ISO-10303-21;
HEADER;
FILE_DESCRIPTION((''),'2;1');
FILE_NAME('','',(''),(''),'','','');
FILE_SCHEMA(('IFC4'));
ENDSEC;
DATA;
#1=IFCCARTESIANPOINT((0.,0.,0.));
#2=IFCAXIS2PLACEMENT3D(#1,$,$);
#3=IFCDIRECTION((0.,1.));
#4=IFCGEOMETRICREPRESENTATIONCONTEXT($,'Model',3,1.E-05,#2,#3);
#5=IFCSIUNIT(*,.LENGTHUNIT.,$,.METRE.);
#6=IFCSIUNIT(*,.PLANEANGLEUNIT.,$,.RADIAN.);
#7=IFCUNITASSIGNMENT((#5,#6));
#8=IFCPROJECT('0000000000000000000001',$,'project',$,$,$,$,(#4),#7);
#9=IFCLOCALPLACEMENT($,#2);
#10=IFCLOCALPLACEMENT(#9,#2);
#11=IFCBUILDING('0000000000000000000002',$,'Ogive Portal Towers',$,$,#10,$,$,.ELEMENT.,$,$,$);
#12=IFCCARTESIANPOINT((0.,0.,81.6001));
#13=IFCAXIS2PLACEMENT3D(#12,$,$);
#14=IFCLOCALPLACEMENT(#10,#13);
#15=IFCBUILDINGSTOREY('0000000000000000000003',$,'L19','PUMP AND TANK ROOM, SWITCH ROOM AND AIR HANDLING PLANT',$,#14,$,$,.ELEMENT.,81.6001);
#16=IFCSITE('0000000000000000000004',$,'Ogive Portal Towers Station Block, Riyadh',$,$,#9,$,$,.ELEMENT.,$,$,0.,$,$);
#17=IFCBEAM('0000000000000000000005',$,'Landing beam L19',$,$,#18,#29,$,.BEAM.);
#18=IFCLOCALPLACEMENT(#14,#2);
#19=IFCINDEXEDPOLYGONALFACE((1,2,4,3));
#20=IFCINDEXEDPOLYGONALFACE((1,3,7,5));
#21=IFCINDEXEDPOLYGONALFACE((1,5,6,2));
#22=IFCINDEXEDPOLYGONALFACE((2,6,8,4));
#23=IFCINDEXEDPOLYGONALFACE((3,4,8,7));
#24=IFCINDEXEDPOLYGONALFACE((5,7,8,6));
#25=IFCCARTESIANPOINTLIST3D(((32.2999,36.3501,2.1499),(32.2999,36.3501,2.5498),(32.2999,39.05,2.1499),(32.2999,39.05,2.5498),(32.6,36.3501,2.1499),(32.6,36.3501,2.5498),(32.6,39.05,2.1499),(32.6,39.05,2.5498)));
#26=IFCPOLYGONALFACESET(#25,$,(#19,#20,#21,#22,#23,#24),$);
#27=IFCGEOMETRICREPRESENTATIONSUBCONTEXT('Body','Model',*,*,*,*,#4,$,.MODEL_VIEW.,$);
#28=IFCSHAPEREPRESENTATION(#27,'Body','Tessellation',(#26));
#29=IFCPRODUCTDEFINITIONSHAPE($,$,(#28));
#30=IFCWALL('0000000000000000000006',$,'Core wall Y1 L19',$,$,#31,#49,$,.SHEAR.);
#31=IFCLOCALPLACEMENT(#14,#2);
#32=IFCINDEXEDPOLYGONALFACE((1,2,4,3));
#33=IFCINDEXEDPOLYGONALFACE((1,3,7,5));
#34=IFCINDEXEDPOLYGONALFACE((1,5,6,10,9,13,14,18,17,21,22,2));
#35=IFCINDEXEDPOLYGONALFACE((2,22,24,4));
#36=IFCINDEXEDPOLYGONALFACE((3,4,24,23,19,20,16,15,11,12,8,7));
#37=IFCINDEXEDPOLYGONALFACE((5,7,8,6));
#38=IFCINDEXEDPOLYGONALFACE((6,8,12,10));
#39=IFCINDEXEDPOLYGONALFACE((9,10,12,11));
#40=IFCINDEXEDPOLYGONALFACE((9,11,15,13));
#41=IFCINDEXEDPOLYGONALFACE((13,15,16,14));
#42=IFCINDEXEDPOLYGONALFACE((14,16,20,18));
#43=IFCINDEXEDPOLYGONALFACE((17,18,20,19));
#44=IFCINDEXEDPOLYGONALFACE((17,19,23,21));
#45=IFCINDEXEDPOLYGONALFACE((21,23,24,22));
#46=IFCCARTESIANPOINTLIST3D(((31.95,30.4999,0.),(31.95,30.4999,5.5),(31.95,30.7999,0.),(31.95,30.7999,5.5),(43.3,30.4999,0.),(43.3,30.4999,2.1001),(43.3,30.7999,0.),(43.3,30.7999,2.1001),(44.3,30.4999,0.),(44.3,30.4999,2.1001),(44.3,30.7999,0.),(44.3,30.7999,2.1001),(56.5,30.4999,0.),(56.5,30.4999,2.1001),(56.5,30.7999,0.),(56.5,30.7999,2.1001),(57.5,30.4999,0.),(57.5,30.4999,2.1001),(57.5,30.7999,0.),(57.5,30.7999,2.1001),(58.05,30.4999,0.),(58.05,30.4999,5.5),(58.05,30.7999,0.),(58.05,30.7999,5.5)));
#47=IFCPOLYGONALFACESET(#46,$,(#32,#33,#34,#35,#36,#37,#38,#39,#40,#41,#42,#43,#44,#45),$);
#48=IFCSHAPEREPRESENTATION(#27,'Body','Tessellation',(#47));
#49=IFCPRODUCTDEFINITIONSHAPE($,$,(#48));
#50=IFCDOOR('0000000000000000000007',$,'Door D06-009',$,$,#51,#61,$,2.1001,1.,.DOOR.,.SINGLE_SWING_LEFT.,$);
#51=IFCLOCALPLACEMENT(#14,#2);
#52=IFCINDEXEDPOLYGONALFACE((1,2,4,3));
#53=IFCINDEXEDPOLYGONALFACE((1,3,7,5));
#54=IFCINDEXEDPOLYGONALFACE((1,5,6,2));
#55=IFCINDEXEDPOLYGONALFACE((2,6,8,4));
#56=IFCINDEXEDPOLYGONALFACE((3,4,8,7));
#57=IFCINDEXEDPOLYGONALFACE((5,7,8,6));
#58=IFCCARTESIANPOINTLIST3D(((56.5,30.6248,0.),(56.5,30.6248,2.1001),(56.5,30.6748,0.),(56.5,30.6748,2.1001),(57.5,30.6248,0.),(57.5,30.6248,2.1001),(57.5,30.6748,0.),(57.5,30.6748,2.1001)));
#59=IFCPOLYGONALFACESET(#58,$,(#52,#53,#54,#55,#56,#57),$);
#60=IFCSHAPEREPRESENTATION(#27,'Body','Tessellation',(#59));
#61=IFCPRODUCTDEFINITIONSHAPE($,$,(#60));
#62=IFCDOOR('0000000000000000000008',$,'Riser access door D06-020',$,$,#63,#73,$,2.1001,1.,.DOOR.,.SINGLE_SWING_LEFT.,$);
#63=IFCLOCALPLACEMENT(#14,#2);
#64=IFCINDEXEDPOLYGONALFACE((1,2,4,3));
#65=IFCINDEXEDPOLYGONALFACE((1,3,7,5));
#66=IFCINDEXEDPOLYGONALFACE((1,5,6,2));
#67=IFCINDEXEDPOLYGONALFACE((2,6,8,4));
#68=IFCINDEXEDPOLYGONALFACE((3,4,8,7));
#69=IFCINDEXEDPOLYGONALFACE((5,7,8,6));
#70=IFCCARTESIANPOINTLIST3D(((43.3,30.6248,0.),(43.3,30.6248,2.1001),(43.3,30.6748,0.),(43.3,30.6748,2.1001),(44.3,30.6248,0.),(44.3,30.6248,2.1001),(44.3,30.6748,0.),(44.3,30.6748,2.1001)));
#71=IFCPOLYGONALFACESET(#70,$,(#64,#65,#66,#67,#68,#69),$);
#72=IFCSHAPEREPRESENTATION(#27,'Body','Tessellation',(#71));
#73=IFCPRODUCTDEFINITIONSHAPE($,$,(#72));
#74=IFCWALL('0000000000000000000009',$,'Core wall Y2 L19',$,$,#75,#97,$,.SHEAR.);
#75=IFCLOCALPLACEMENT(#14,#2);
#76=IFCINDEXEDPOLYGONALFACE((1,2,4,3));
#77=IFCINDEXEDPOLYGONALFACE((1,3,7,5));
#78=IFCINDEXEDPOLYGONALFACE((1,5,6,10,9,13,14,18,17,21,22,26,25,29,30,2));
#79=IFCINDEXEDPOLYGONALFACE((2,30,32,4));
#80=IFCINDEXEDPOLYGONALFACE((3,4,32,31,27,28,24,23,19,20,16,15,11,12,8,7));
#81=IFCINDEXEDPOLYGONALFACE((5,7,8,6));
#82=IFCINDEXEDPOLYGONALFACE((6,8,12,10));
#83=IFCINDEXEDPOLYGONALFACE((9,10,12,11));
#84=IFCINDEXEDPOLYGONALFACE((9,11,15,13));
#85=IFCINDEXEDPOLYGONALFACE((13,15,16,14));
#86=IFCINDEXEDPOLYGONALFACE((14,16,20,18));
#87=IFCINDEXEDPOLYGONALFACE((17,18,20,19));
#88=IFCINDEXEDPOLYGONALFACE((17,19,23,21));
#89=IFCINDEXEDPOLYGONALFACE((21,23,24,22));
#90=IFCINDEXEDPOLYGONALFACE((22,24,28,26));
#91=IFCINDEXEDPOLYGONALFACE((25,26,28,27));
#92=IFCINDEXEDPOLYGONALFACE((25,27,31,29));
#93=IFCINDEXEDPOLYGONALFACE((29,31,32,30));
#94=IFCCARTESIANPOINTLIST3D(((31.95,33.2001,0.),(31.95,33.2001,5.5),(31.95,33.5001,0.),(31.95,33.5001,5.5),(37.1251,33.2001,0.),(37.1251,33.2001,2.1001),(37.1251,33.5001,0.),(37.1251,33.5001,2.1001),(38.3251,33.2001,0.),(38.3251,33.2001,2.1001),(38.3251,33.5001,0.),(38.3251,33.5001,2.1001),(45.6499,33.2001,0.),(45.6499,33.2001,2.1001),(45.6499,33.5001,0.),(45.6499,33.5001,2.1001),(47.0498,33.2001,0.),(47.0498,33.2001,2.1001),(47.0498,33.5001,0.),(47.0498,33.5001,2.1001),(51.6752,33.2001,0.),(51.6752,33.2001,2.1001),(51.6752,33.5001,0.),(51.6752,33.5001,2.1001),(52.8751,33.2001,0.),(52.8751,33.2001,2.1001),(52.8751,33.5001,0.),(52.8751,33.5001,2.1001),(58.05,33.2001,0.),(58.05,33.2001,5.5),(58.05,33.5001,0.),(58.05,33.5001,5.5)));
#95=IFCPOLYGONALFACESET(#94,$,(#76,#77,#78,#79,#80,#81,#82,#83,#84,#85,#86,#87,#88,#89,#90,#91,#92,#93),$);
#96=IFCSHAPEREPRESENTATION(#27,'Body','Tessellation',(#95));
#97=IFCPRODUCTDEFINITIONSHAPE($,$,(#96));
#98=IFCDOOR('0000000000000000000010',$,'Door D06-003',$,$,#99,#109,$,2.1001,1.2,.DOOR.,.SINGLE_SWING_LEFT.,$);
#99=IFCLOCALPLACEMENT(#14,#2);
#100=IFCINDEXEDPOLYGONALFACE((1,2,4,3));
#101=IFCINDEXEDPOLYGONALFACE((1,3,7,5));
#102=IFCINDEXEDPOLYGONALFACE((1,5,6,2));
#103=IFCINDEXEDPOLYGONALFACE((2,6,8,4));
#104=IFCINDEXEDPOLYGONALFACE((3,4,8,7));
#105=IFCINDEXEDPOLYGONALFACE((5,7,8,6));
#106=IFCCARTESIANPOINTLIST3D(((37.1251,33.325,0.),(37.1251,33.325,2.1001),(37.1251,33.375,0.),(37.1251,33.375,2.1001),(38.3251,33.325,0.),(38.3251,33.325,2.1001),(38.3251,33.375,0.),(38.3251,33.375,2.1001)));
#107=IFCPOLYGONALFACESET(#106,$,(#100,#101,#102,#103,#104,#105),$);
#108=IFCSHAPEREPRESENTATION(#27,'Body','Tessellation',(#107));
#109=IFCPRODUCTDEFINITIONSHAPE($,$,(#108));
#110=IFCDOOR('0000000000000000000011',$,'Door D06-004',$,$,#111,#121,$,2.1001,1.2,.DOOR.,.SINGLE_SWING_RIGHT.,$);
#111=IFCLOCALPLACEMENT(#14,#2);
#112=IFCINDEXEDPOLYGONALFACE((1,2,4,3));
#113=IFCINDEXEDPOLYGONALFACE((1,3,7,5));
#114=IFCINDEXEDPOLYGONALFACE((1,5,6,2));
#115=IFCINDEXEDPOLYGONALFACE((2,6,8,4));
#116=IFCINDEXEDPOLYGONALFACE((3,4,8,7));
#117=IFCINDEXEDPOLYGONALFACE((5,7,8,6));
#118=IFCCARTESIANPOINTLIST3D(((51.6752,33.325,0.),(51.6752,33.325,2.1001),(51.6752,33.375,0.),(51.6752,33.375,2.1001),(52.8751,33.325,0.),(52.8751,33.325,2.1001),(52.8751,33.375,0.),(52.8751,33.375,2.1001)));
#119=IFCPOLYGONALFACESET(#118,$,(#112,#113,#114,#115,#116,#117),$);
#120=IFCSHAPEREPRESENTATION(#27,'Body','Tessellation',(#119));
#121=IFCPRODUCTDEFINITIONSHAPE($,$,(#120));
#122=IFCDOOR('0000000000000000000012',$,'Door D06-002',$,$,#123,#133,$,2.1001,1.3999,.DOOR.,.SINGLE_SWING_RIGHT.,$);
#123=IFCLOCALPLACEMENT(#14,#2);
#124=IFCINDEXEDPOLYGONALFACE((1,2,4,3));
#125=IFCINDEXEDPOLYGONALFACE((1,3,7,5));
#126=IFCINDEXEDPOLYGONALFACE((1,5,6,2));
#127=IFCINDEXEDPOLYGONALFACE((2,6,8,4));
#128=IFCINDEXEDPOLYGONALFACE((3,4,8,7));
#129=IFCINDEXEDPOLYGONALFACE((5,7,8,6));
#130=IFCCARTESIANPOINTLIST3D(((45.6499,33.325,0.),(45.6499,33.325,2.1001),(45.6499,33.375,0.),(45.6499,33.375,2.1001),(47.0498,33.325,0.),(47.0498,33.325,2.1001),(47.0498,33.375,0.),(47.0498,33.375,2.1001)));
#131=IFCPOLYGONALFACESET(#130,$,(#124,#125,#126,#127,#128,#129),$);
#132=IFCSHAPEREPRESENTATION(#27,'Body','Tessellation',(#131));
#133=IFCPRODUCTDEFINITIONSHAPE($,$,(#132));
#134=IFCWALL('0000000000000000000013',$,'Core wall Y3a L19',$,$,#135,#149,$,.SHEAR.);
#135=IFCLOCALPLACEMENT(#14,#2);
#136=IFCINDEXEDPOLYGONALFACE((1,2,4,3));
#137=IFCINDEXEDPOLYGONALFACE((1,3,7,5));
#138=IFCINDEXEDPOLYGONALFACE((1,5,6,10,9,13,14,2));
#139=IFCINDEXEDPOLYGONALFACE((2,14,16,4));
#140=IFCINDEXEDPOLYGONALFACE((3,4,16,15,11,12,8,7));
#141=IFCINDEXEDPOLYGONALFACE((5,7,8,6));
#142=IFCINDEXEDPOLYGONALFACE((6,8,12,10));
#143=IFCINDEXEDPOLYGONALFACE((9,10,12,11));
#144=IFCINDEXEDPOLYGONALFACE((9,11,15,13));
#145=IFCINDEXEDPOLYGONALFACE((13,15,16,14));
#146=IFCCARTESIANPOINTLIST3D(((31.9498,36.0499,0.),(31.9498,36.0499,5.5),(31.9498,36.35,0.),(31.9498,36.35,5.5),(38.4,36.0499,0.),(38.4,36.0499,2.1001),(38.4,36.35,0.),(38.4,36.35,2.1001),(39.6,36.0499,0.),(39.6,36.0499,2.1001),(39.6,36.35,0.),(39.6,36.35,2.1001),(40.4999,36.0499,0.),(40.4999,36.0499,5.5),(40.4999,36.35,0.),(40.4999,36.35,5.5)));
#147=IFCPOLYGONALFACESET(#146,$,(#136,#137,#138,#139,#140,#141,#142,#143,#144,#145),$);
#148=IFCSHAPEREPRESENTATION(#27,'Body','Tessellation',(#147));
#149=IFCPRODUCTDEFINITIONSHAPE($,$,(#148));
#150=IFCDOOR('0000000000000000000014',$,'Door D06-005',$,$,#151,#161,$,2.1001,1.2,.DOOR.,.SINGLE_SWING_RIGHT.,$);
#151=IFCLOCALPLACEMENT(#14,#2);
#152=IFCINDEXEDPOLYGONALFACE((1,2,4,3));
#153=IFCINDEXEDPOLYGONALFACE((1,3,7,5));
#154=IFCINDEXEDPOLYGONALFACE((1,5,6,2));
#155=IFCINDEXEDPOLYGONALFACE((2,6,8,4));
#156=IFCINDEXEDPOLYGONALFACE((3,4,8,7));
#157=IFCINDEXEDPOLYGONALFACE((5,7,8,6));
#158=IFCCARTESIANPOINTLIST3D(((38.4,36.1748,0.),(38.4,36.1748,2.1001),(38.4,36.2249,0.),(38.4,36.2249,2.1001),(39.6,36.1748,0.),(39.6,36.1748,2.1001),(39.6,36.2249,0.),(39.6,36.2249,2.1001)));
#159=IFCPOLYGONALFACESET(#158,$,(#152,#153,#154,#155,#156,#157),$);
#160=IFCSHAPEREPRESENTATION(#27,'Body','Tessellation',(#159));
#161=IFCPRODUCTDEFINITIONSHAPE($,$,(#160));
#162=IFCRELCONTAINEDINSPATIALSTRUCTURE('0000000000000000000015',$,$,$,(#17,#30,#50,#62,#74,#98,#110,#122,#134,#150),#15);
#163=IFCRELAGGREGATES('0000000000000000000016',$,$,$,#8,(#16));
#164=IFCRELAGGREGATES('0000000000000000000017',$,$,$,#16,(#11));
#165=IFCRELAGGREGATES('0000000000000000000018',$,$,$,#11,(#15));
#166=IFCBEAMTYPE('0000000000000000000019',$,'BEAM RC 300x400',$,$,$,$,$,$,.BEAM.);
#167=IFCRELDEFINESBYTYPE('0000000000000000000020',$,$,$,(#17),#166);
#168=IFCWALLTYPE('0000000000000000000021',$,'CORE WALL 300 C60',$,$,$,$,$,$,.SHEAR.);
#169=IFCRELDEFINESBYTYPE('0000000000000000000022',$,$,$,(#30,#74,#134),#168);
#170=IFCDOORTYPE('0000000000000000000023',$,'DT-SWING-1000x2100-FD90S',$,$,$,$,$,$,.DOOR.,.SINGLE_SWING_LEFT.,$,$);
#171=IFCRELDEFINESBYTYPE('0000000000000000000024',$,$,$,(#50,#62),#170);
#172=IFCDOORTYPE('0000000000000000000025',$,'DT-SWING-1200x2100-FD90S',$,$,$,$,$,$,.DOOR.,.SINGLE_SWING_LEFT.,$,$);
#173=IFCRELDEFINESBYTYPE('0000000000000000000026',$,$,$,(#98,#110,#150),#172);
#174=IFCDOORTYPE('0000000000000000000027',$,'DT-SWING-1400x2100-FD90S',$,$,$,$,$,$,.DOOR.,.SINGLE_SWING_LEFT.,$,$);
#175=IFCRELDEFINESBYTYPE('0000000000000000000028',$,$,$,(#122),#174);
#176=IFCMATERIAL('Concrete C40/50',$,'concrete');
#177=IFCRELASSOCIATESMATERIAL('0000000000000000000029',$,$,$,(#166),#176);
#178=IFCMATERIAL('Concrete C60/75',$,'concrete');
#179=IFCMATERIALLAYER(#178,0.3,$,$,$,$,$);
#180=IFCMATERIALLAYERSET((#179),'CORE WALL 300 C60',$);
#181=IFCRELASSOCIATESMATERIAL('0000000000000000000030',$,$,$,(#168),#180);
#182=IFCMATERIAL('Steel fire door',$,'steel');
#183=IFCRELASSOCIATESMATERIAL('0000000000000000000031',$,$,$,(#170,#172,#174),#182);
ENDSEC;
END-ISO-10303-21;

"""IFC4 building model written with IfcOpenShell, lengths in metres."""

from ifc_helpers import new_model, si_unit, direction, frame, frame_2d, origin, origin_2d, place, context, subcontext, project, spatial, rectangle, extrude, material, layer, layer_set, material_profile, profile_set, type_object, element, fill, save


model = new_model("IFC4")

# Units and contexts
model_context = context("Model", 3, precision=1e-05, world=origin(), true_north=direction((0.0, 1.0)))
body_context = subcontext(model_context, "Body", "Model", "MODEL_VIEW")
ifc_project = project(units=[si_unit("LENGTHUNIT", "METRE"), si_unit("PLANEANGLEUNIT", "RADIAN")], contexts=[model_context])

# Site, building, storey
site_placement = place(None, origin())
site = spatial("IfcSite", under=ifc_project, at=site_placement, Name="Ogive Portal Towers Station Block, Riyadh", CompositionType="ELEMENT", RefElevation=0.0)
building_placement = place(site_placement, origin())
building = spatial("IfcBuilding", under=site, at=building_placement, Name="Ogive Portal Towers", CompositionType="ELEMENT")
storey_placement = place(building_placement, frame((0.0, 0.0, 81.6001)))
storey = spatial("IfcBuildingStorey", under=building, at=storey_placement, Name="L19", Description="PUMP AND TANK ROOM, SWITCH ROOM AND AIR HANDLING PLANT", CompositionType="ELEMENT", Elevation=81.6001)

# Beam
ifc_material_1 = material(Name="Concrete C40/50", Category="concrete")
ifc_material_profile = material_profile(ifc_material_1, rectangle(XDim=0.3, YDim=0.3999, at=origin_2d()), Name="RC 300x400")
ifc_profile_set = profile_set([ifc_material_profile], Name="Concrete C40/50")
beam_type = type_object("IfcBeamType", Name="BEAM RC 300x400", PredefinedType="BEAM", material=ifc_profile_set)
beam_placement = place(storey_placement, frame((32.45, 36.3501, 2.3499), z_axis=(0.0, 1.0, 0.0), x_axis=(-1.0, 0.0, 0.0)))
element("IfcBeam", 1, at=beam_placement, inside=storey, type_object=beam_type, Name="Landing beam L19", PredefinedType="BEAM", context=body_context, shape_type="SweptSolid", body=[
    extrude(rectangle(XDim=0.3, YDim=0.3999, at=origin_2d()), origin(), (0.0, 0.0, 1.0), 2.7),
])

# Walls, openings, doors
ifc_material_2 = material(Name="Concrete C60/75", Category="concrete")
ifc_layer_1 = layer(ifc_material_2, 0.3)
ifc_layer_set_1 = layer_set([ifc_layer_1], Name="CORE WALL 300 C60")
wall_type_1 = type_object("IfcWallType", Name="CORE WALL 300 C60", PredefinedType="SHEAR", material=ifc_layer_set_1)
wall_1_placement = place(storey_placement, frame((31.95, 30.6499, 0.0), z_axis=(0.0, 0.0, 1.0), x_axis=(1.0, 0.0, 0.0)))
wall_1 = element("IfcWall", 2, at=wall_1_placement, inside=storey, type_object=wall_type_1, Name="Core wall Y1 L19", PredefinedType="SHEAR", context=body_context, shape_type="SweptSolid", body=[
    extrude(rectangle(XDim=26.1001, YDim=0.3, at=frame_2d((13.05, 0.0))), origin(), (0.0, 0.0, 1.0), 5.5),
])
opening_1_placement = place(wall_1_placement, frame((24.55, 0.0, 0.0)))
opening_1 = element("IfcOpeningElement", 3, at=opening_1_placement, cuts=wall_1, PredefinedType="OPENING", context=body_context, shape_type="SweptSolid", body=[
    extrude(rectangle(XDim=1.0, YDim=2.1001, at=frame_2d((0.5, 1.05))), frame((0.0, 0.1602, 0.0), z_axis=(0.0, -1.0, 0.0), x_axis=(1.0, 0.0, 0.0)), (0.0, 0.0, 1.0), 0.3201),
])
opening_2_placement = place(wall_1_placement, frame((11.3501, 0.0, 0.0)))
opening_2 = element("IfcOpeningElement", 4, at=opening_2_placement, cuts=wall_1, PredefinedType="OPENING", context=body_context, shape_type="SweptSolid", body=[
    extrude(rectangle(XDim=1.0, YDim=2.1001, at=frame_2d((0.5, 1.05))), frame((0.0, 0.1602, 0.0), z_axis=(0.0, -1.0, 0.0), x_axis=(1.0, 0.0, 0.0)), (0.0, 0.0, 1.0), 0.3201),
])
ifc_material_3 = material(Name="Steel fire door", Category="steel")
door_type_1 = type_object("IfcDoorType", Name="DT-SWING-1000x2100-FD90S", OperationType="SINGLE_SWING_LEFT", PredefinedType="DOOR", material=ifc_material_3)
door_1_placement = place(opening_1_placement, origin())
door_1 = element("IfcDoor", 5, at=door_1_placement, inside=storey, type_object=door_type_1, Name="Door D06-009", OperationType="SINGLE_SWING_LEFT", OverallHeight=2.1001, OverallWidth=1.0, PredefinedType="DOOR", context=body_context, shape_type="SweptSolid", body=[
    extrude(rectangle(XDim=1.0, YDim=2.1001, at=frame_2d((0.5, 1.05))), frame((0.0, 0.0249, 0.0), z_axis=(0.0, -1.0, 0.0), x_axis=(1.0, 0.0, 0.0)), (0.0, 0.0, 1.0), 0.05),
])
fill(opening_1, door_1)
door_2_placement = place(opening_2_placement, origin())
door_2 = element("IfcDoor", 6, at=door_2_placement, inside=storey, type_object=door_type_1, Name="Riser access door D06-020", OperationType="SINGLE_SWING_LEFT", OverallHeight=2.1001, OverallWidth=1.0, PredefinedType="DOOR", context=body_context, shape_type="SweptSolid", body=[
    extrude(rectangle(XDim=1.0, YDim=2.1001, at=frame_2d((0.5, 1.05))), frame((0.0, 0.0249, 0.0), z_axis=(0.0, -1.0, 0.0), x_axis=(1.0, 0.0, 0.0)), (0.0, 0.0, 1.0), 0.05),
])
fill(opening_2, door_2)
wall_2_placement = place(storey_placement, frame((31.95, 33.3501, 0.0), z_axis=(0.0, 0.0, 1.0), x_axis=(1.0, 0.0, 0.0)))
wall_2 = element("IfcWall", 7, at=wall_2_placement, inside=storey, type_object=wall_type_1, Name="Core wall Y2 L19", PredefinedType="SHEAR", context=body_context, shape_type="SweptSolid", body=[
    extrude(rectangle(XDim=26.1001, YDim=0.3, at=frame_2d((13.05, 0.0))), origin(), (0.0, 0.0, 1.0), 5.5),
])
opening_3_placement = place(wall_2_placement, frame((13.7, 0.0, 0.0)))
opening_3 = element("IfcOpeningElement", 8, at=opening_3_placement, cuts=wall_2, PredefinedType="OPENING", context=body_context, shape_type="SweptSolid", body=[
    extrude(rectangle(XDim=1.3999, YDim=2.1001, at=frame_2d((0.7, 1.05))), frame((0.0, 0.1602, 0.0), z_axis=(0.0, -1.0, 0.0), x_axis=(1.0, 0.0, 0.0)), (0.0, 0.0, 1.0), 0.3201),
])
opening_4_placement = place(wall_2_placement, frame((5.175, 0.0, 0.0)))
opening_4 = element("IfcOpeningElement", 9, at=opening_4_placement, cuts=wall_2, PredefinedType="OPENING", context=body_context, shape_type="SweptSolid", body=[
    extrude(rectangle(XDim=1.2, YDim=2.1001, at=frame_2d((0.6001, 1.05))), frame((0.0, 0.1602, 0.0), z_axis=(0.0, -1.0, 0.0), x_axis=(1.0, 0.0, 0.0)), (0.0, 0.0, 1.0), 0.3201),
])
opening_5_placement = place(wall_2_placement, frame((19.7251, 0.0, 0.0)))
opening_5 = element("IfcOpeningElement", 10, at=opening_5_placement, cuts=wall_2, PredefinedType="OPENING", context=body_context, shape_type="SweptSolid", body=[
    extrude(rectangle(XDim=1.2, YDim=2.1001, at=frame_2d((0.6001, 1.05))), frame((0.0, 0.1602, 0.0), z_axis=(0.0, -1.0, 0.0), x_axis=(1.0, 0.0, 0.0)), (0.0, 0.0, 1.0), 0.3201),
])
door_type_2 = type_object("IfcDoorType", Name="DT-SWING-1200x2100-FD90S", OperationType="SINGLE_SWING_LEFT", PredefinedType="DOOR", material=ifc_material_3)
door_3_placement = place(opening_4_placement, origin())
door_3 = element("IfcDoor", 11, at=door_3_placement, inside=storey, type_object=door_type_2, Name="Door D06-003", OperationType="SINGLE_SWING_LEFT", OverallHeight=2.1001, OverallWidth=1.2, PredefinedType="DOOR", context=body_context, shape_type="SweptSolid", body=[
    extrude(rectangle(XDim=1.2, YDim=2.1001, at=frame_2d((0.6001, 1.05))), frame((0.0, 0.0249, 0.0), z_axis=(0.0, -1.0, 0.0), x_axis=(1.0, 0.0, 0.0)), (0.0, 0.0, 1.0), 0.05),
])
fill(opening_4, door_3)
door_4_placement = place(opening_5_placement, origin())
door_4 = element("IfcDoor", 12, at=door_4_placement, inside=storey, type_object=door_type_2, Name="Door D06-004", OperationType="SINGLE_SWING_RIGHT", OverallHeight=2.1001, OverallWidth=1.2, PredefinedType="DOOR", context=body_context, shape_type="SweptSolid", body=[
    extrude(rectangle(XDim=1.2, YDim=2.1001, at=frame_2d((0.6001, 1.05))), frame((0.0, 0.0249, 0.0), z_axis=(0.0, -1.0, 0.0), x_axis=(1.0, 0.0, 0.0)), (0.0, 0.0, 1.0), 0.05),
])
fill(opening_5, door_4)
door_type_3 = type_object("IfcDoorType", Name="DT-SWING-1400x2100-FD90S", OperationType="SINGLE_SWING_LEFT", PredefinedType="DOOR", material=ifc_material_3)
door_5_placement = place(opening_3_placement, origin())
door_5 = element("IfcDoor", 13, at=door_5_placement, inside=storey, type_object=door_type_3, Name="Door D06-002", OperationType="SINGLE_SWING_RIGHT", OverallHeight=2.1001, OverallWidth=1.3999, PredefinedType="DOOR", context=body_context, shape_type="SweptSolid", body=[
    extrude(rectangle(XDim=1.3999, YDim=2.1001, at=frame_2d((0.7, 1.05))), frame((0.0, 0.0249, 0.0), z_axis=(0.0, -1.0, 0.0), x_axis=(1.0, 0.0, 0.0)), (0.0, 0.0, 1.0), 0.05),
])
fill(opening_3, door_5)

# Wall, opening, door
wall_3_placement = place(storey_placement, frame((31.95, 36.2, 0.0), z_axis=(0.0, 0.0, 1.0), x_axis=(1.0, 0.0, 0.0)))
wall_3 = element("IfcWall", 14, at=wall_3_placement, inside=storey, type_object=wall_type_1, Name="Core wall Y3a L19", PredefinedType="SHEAR", context=body_context, shape_type="SweptSolid", body=[
    extrude(rectangle(XDim=8.55, YDim=0.3, at=frame_2d((4.2749, 0.0))), origin(), (0.0, 0.0, 1.0), 5.5),
])
opening_6_placement = place(wall_3_placement, frame((6.45, 0.0, 0.0)))
opening_6 = element("IfcOpeningElement", 15, at=opening_6_placement, cuts=wall_3, PredefinedType="OPENING", context=body_context, shape_type="SweptSolid", body=[
    extrude(rectangle(XDim=1.2, YDim=2.1001, at=frame_2d((0.6001, 1.05))), frame((0.0, 0.1602, 0.0), z_axis=(0.0, -1.0, 0.0), x_axis=(1.0, 0.0, 0.0)), (0.0, 0.0, 1.0), 0.3201),
])
door_6_placement = place(opening_6_placement, origin())
door_6 = element("IfcDoor", 16, at=door_6_placement, inside=storey, type_object=door_type_2, Name="Door D06-005", OperationType="SINGLE_SWING_RIGHT", OverallHeight=2.1001, OverallWidth=1.2, PredefinedType="DOOR", context=body_context, shape_type="SweptSolid", body=[
    extrude(rectangle(XDim=1.2, YDim=2.1001, at=frame_2d((0.6001, 1.05))), frame((0.0, 0.0249, 0.0), z_axis=(0.0, -1.0, 0.0), x_axis=(1.0, 0.0, 0.0)), (0.0, 0.0, 1.0), 0.05),
])
fill(opening_6, door_6)

save(model, "model.ifc")
